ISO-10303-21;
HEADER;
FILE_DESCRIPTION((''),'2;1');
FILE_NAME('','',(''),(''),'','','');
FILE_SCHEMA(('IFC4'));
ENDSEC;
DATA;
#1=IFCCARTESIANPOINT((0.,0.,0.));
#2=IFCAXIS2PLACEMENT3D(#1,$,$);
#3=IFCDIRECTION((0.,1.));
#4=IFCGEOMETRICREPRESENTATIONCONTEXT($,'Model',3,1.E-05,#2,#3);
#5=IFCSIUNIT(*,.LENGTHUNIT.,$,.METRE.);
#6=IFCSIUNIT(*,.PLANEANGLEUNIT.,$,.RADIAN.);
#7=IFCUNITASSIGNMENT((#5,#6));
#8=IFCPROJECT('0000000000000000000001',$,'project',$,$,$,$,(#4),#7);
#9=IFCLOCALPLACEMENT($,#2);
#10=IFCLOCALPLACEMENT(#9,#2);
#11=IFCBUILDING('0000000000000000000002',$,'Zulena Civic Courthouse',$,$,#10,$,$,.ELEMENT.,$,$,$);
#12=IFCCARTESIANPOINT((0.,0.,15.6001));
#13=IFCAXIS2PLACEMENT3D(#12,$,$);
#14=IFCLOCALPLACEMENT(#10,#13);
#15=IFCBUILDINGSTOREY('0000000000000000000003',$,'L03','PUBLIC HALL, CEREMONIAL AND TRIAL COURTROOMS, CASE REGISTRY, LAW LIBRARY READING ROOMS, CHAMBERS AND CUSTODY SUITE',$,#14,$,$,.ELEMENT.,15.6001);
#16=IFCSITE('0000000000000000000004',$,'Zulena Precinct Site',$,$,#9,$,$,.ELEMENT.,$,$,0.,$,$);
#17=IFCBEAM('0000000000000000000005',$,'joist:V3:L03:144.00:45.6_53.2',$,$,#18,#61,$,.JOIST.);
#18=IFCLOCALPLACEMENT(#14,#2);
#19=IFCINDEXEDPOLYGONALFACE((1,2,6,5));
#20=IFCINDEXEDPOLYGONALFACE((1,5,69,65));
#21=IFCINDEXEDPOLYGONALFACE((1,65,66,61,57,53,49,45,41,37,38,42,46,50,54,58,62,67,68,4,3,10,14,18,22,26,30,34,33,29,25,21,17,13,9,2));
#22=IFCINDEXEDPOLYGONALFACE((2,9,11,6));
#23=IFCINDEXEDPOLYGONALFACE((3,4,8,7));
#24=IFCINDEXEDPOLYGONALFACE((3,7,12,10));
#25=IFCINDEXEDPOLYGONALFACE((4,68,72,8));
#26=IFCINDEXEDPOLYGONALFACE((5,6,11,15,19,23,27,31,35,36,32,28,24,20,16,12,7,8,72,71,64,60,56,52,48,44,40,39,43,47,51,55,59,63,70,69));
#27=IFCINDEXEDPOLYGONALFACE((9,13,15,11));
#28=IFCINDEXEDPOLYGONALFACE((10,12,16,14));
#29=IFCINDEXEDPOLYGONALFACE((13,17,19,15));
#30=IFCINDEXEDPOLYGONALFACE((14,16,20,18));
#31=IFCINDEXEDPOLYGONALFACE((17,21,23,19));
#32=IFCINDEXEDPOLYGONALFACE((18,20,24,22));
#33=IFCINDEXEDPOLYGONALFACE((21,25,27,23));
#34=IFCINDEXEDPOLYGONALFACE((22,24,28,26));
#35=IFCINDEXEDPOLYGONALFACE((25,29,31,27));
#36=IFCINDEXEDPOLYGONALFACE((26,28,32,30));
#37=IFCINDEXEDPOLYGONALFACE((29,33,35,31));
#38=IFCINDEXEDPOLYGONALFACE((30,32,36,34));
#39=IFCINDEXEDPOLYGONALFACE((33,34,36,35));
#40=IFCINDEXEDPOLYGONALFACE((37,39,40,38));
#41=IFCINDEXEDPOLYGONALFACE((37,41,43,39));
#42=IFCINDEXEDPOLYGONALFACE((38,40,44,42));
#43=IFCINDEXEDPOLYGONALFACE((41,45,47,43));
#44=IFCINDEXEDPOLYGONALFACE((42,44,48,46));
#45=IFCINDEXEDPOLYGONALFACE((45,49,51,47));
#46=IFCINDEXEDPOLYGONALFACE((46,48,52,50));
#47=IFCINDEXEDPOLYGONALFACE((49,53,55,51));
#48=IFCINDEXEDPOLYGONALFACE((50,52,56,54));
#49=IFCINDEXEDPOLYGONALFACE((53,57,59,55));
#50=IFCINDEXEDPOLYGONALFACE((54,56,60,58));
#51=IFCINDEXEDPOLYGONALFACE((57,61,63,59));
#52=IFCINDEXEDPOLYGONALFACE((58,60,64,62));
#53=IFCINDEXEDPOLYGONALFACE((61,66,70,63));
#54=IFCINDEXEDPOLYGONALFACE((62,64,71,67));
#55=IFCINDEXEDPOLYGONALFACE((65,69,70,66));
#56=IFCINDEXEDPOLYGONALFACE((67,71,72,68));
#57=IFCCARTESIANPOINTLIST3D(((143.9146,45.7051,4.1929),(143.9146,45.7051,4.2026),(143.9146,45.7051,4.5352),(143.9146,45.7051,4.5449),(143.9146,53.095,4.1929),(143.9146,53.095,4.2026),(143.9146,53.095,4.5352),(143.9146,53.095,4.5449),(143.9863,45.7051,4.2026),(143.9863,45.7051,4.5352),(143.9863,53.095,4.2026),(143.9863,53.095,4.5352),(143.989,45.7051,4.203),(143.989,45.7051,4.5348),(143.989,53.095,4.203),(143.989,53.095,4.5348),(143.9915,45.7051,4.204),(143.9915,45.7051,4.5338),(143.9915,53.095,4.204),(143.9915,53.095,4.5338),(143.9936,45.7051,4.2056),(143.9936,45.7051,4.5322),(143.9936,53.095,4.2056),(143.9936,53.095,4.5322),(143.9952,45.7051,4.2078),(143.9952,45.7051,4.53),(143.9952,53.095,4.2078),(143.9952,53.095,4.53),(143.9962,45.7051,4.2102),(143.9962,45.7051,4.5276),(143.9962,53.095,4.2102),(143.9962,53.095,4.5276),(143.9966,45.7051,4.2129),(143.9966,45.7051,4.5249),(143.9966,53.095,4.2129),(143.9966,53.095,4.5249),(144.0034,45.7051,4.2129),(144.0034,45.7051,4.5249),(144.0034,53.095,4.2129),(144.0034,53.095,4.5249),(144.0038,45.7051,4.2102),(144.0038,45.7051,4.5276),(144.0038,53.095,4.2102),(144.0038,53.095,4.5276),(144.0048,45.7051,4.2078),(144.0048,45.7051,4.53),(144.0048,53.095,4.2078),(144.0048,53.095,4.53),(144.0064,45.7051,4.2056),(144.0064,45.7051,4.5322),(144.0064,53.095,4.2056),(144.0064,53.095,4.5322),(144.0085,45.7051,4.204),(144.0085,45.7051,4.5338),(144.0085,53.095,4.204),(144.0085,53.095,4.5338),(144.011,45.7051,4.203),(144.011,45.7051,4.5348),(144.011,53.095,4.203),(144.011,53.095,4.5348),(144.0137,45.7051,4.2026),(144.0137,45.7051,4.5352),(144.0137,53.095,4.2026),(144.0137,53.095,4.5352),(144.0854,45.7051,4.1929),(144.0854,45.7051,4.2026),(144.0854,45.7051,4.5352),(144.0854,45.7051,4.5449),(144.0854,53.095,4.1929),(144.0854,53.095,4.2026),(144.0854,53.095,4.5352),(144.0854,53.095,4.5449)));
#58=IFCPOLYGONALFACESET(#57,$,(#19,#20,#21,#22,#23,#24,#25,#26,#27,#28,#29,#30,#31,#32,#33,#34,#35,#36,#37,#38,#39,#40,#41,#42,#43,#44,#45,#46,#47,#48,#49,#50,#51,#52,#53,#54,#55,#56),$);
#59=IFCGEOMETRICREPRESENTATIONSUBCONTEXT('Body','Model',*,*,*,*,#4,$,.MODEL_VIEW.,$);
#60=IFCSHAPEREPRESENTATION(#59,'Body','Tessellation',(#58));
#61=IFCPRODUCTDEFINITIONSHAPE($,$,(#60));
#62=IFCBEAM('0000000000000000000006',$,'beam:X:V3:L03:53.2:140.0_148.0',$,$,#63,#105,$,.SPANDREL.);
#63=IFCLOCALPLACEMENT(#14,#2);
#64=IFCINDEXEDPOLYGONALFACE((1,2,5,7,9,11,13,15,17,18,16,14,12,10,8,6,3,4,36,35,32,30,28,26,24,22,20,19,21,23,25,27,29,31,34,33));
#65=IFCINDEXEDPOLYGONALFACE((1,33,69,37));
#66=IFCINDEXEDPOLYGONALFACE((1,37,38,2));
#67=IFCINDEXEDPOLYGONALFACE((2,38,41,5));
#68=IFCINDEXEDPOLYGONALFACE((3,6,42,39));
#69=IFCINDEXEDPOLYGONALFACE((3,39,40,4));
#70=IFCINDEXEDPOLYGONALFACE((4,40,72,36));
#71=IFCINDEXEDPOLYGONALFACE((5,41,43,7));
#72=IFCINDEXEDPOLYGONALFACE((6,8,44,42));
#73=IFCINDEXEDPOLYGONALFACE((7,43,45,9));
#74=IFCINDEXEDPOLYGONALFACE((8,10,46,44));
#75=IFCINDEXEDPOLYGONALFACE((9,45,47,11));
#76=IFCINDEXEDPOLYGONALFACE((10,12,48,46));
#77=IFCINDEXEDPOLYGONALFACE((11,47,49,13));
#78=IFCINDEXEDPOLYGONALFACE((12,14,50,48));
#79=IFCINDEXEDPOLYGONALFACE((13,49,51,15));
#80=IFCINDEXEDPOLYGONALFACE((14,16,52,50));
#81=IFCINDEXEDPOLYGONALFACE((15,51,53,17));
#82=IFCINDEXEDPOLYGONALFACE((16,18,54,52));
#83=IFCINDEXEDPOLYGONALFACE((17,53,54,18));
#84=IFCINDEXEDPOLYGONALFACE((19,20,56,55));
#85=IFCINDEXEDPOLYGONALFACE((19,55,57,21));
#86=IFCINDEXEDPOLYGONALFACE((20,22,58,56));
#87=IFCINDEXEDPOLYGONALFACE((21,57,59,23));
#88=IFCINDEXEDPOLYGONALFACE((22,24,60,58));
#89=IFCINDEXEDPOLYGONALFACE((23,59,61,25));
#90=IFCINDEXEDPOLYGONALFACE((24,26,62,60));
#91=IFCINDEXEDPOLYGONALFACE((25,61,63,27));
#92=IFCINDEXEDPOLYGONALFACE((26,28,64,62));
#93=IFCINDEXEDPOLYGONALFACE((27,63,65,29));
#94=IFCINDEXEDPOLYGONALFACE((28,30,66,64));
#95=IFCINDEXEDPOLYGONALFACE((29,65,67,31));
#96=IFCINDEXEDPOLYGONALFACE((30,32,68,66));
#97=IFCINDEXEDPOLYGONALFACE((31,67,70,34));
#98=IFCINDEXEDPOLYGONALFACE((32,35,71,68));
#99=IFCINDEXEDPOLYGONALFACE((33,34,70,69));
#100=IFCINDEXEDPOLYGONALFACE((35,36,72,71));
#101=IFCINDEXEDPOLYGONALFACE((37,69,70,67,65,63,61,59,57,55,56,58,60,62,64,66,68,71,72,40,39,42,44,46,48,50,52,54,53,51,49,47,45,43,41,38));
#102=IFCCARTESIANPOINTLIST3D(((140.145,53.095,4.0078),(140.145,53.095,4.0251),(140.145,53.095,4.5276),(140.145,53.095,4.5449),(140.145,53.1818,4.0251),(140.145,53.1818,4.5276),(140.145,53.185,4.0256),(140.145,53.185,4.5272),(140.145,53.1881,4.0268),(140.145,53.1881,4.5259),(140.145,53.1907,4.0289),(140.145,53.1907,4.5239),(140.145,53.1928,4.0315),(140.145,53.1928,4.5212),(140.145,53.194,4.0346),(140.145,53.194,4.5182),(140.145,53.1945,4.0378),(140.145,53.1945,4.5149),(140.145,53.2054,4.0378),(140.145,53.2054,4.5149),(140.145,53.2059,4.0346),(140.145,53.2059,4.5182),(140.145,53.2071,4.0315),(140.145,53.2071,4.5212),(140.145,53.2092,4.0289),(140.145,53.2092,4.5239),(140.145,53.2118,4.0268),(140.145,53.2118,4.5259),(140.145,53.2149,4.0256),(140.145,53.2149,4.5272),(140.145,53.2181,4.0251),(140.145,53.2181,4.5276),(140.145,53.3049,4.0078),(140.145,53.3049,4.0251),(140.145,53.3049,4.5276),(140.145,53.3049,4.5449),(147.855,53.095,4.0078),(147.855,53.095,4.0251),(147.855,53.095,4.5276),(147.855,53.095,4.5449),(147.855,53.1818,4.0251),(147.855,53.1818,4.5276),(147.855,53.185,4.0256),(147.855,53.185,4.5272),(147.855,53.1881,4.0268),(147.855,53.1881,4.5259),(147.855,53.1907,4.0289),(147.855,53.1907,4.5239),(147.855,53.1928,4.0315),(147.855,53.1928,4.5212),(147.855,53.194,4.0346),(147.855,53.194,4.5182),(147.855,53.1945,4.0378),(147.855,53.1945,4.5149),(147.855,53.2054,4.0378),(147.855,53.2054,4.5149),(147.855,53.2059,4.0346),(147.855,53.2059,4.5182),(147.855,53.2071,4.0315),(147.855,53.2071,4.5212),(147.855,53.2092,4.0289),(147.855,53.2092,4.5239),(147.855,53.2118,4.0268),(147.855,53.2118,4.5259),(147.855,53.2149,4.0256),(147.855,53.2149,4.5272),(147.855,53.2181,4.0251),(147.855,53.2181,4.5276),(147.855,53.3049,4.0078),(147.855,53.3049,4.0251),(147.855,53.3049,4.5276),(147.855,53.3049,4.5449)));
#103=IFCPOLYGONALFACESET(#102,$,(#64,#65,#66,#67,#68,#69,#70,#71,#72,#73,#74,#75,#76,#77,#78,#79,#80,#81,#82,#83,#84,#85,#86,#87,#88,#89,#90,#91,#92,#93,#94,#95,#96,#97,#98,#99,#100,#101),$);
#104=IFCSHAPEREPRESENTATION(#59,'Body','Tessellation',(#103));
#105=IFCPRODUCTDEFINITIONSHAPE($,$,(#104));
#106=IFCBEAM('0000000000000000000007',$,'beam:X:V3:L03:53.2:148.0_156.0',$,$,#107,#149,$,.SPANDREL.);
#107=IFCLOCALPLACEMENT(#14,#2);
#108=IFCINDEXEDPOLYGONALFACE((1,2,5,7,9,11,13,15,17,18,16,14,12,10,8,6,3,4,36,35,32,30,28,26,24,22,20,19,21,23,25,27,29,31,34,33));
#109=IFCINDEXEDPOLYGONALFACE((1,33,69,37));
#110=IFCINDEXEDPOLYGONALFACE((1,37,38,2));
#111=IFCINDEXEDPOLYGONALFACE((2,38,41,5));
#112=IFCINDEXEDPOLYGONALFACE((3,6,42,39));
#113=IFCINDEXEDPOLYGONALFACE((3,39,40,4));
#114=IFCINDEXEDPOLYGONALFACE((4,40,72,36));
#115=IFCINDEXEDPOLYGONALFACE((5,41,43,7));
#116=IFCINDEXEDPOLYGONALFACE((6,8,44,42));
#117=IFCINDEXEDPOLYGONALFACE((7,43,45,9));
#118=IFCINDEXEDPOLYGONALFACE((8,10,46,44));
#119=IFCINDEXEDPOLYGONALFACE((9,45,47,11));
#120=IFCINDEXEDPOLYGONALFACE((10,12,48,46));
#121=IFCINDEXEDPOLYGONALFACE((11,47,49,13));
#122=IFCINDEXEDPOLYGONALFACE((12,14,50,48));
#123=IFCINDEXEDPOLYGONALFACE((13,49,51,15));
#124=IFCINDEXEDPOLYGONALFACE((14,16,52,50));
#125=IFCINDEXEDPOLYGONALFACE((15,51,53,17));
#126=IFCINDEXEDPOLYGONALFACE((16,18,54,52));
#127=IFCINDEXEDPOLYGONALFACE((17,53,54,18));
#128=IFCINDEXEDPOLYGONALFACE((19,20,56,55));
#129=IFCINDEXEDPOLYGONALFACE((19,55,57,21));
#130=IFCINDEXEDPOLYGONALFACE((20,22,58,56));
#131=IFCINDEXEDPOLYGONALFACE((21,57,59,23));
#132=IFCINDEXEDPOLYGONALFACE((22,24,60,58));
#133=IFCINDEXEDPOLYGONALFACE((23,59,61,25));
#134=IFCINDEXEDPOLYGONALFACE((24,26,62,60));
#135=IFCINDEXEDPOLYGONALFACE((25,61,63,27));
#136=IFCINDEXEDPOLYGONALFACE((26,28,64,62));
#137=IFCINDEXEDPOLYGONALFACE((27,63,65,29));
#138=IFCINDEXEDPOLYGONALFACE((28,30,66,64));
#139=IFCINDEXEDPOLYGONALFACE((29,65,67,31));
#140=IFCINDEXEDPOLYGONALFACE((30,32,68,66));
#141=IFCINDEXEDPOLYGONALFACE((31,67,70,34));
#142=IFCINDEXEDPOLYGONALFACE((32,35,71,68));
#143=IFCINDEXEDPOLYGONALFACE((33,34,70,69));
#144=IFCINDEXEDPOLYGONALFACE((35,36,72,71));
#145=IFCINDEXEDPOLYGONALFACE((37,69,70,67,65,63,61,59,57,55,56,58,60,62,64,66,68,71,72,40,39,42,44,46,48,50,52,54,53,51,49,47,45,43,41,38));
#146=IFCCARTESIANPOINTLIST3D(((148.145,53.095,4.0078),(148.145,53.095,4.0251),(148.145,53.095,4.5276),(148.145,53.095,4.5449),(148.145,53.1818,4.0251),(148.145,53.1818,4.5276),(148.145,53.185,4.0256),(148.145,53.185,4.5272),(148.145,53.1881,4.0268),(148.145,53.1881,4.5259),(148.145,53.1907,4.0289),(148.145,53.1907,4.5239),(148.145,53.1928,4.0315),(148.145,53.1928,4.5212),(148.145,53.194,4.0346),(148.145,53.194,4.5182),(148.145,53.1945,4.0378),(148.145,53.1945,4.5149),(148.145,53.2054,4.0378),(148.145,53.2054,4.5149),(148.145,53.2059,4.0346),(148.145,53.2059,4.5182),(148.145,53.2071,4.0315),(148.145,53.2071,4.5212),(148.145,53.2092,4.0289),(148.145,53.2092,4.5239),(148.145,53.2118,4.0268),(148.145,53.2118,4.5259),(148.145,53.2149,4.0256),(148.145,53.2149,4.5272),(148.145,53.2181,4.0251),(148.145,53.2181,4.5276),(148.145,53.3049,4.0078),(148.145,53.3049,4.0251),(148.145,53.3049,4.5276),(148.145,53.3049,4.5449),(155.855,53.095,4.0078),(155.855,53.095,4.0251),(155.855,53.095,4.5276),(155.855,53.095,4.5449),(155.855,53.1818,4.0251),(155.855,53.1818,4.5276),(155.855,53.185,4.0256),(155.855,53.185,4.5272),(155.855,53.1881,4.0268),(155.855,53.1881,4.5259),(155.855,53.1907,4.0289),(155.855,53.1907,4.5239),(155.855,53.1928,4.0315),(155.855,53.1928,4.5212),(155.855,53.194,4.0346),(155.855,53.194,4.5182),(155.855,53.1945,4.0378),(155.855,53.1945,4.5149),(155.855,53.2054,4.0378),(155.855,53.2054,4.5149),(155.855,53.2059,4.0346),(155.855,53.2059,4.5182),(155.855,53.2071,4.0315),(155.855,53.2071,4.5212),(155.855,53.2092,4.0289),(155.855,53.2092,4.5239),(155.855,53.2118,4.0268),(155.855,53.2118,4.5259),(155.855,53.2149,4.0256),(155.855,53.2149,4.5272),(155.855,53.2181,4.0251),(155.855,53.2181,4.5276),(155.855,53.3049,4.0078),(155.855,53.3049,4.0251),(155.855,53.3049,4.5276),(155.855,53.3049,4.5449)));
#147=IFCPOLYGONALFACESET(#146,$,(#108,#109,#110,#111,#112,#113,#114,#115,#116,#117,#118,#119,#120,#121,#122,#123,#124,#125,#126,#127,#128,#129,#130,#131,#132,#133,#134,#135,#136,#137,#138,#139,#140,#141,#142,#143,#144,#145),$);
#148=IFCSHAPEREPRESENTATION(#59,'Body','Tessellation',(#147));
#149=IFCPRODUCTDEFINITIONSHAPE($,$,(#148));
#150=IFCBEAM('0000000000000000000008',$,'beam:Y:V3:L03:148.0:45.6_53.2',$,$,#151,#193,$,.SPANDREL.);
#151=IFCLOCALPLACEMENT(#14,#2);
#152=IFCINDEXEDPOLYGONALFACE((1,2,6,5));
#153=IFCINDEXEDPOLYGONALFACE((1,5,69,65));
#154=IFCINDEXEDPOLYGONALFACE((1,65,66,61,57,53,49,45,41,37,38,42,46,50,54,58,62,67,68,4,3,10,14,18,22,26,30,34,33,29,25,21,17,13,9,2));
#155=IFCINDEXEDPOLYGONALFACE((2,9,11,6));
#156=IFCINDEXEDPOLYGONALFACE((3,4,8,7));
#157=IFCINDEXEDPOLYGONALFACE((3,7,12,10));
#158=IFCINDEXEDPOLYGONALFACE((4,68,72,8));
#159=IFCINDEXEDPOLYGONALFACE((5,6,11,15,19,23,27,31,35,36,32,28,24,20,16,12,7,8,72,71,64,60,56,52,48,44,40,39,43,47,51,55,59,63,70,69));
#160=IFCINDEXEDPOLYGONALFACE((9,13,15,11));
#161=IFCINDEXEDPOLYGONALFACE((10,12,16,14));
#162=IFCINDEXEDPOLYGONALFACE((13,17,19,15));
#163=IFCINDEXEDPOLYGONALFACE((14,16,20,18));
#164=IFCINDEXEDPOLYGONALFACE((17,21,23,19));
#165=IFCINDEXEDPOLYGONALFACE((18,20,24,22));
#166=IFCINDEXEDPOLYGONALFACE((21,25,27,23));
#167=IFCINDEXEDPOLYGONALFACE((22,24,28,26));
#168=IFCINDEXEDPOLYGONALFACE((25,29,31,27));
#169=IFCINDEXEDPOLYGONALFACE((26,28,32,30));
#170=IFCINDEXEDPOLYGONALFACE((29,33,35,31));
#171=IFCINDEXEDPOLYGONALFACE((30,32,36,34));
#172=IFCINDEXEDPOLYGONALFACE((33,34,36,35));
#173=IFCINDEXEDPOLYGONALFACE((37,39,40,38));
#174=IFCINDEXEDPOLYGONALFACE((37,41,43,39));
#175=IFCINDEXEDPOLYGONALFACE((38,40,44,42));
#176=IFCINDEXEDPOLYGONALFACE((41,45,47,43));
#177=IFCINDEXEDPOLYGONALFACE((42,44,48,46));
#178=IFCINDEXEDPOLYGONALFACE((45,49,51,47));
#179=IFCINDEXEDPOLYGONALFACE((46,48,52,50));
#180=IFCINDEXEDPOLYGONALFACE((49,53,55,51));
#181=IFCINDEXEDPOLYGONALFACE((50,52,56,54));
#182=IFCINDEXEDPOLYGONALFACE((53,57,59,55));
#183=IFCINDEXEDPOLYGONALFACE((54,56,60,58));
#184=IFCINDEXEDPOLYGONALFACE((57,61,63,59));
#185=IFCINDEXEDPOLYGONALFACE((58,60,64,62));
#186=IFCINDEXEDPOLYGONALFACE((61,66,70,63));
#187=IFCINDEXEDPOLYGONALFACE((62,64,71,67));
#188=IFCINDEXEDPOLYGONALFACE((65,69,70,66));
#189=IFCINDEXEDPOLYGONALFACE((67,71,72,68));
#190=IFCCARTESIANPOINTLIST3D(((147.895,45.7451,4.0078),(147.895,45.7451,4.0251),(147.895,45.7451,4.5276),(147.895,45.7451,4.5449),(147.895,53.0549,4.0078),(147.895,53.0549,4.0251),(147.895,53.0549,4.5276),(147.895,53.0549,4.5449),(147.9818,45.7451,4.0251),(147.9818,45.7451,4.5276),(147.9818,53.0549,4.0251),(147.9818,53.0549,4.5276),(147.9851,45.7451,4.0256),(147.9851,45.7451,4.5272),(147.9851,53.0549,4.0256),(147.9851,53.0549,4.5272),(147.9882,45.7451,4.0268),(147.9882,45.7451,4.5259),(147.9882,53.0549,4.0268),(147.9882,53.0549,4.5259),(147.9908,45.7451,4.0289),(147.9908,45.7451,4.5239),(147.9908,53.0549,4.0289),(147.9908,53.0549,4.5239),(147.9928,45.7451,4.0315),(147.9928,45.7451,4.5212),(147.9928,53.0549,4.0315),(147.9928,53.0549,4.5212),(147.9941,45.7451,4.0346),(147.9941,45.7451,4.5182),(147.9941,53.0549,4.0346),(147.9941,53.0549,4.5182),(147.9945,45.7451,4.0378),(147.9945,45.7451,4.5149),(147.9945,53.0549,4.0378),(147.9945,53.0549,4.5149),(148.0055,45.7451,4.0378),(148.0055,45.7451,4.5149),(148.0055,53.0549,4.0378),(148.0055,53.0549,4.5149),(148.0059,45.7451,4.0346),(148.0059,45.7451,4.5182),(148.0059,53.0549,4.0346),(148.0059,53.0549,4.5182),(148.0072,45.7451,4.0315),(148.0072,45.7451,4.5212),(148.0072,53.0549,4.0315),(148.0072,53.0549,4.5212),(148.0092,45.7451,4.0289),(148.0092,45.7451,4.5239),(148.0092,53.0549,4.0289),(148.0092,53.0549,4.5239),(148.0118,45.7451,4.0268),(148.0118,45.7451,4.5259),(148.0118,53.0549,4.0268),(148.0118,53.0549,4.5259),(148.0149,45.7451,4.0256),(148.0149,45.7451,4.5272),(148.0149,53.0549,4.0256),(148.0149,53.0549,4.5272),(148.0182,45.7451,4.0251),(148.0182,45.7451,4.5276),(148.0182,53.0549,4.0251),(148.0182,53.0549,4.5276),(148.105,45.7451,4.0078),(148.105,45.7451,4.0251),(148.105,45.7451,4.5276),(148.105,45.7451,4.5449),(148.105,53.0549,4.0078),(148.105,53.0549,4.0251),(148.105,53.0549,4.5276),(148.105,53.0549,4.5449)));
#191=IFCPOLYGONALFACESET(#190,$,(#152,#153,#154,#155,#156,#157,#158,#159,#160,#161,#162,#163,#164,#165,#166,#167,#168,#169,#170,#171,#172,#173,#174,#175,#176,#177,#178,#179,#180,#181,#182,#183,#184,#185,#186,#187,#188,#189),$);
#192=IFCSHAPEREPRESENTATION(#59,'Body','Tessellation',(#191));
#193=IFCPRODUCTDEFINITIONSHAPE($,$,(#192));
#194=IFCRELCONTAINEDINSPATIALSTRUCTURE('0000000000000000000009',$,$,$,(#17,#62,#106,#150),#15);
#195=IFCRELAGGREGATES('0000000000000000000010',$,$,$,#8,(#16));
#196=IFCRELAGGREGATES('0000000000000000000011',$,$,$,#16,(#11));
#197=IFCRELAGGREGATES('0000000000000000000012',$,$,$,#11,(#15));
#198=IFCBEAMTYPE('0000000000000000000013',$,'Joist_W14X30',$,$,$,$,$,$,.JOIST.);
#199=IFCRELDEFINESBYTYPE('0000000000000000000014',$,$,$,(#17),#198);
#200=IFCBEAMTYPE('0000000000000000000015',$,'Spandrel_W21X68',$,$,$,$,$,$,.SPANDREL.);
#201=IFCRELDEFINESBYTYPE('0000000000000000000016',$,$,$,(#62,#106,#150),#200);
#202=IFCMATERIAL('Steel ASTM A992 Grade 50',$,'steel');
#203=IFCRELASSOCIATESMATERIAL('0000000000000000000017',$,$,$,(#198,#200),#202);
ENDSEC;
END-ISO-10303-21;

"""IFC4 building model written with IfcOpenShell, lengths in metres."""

from ifc_helpers import new_model, si_unit, direction, frame, origin, origin_2d, place, context, subcontext, project, spatial, i_section, extrude, material, material_profile, profile_set, type_object, element, save


model = new_model("IFC4")

# Units and contexts
model_context = context("Model", 3, precision=1e-05, world=origin(), true_north=direction((0.0, 1.0)))
body_context = subcontext(model_context, "Body", "Model", "MODEL_VIEW")
ifc_project = project(units=[si_unit("LENGTHUNIT", "METRE"), si_unit("PLANEANGLEUNIT", "RADIAN")], contexts=[model_context])

# Site, building, storey
site_placement = place(None, origin())
site = spatial("IfcSite", under=ifc_project, at=site_placement, Name="Zulena Precinct Site", CompositionType="ELEMENT", RefElevation=0.0)
building_placement = place(site_placement, origin())
building = spatial("IfcBuilding", under=site, at=building_placement, Name="Zulena Civic Courthouse", CompositionType="ELEMENT")
storey_placement = place(building_placement, frame((0.0, 0.0, 15.6001)))
storey = spatial("IfcBuildingStorey", under=building, at=storey_placement, Name="L03", Description="PUBLIC HALL, CEREMONIAL AND TRIAL COURTROOMS, CASE REGISTRY, LAW LIBRARY READING ROOMS, CHAMBERS AND CUSTODY SUITE", CompositionType="ELEMENT", Elevation=15.6001)

# Shared definitions
ifc_material_1 = material(Name="Steel ASTM A992 Grade 50", Category="steel")

# Beams
ifc_material_profile_1 = material_profile(ifc_material_1, i_section(OverallWidth=0.1709, OverallDepth=0.3521, WebThickness=0.0068, FlangeThickness=0.0098, FilletRadius=0.0103, at=origin_2d()), Name="W14X30")
ifc_profile_set_1 = profile_set([ifc_material_profile_1], Name="Steel ASTM A992 Grade 50")
beam_type_1 = type_object("IfcBeamType", Name="Joist_W14X30", PredefinedType="JOIST", material=ifc_profile_set_1)
beam_1_placement = place(storey_placement, frame((144.0, 45.7051, 4.3689), z_axis=(0.0, 1.0, 0.0), x_axis=(-1.0, 0.0, 0.0)))
element("IfcBeam", 1, at=beam_1_placement, inside=storey, type_object=beam_type_1, Name="joist:V3:L03:144.00:45.6_53.2", PredefinedType="JOIST", context=body_context, shape_type="SweptSolid", body=[
    extrude(i_section(OverallWidth=0.1709, OverallDepth=0.3521, WebThickness=0.0068, FlangeThickness=0.0098, FilletRadius=0.0103, at=origin_2d()), origin(), (0.0, 0.0, 1.0), 7.3899),
])
ifc_material_profile_2 = material_profile(ifc_material_1, i_section(OverallWidth=0.21, OverallDepth=0.5371, WebThickness=0.011, FlangeThickness=0.0173, FilletRadius=0.0127, at=origin_2d()), Name="W21X68")
ifc_profile_set_2 = profile_set([ifc_material_profile_2], Name="Steel ASTM A992 Grade 50")
beam_type_2 = type_object("IfcBeamType", Name="Spandrel_W21X68", PredefinedType="SPANDREL", material=ifc_profile_set_2)
for number, where, z_axis, x_axis, name in (
    (2, (140.145, 53.2, 4.2764), (1.0, 0.0, 0.0), (0.0, 1.0, 0.0), "beam:X:V3:L03:53.2:140.0_148.0"),
    (3, (148.145, 53.2, 4.2764), (1.0, 0.0, 0.0), (0.0, 1.0, 0.0), "beam:X:V3:L03:53.2:148.0_156.0"),
):
    element("IfcBeam", number, at=place(storey_placement, frame(where, z_axis=z_axis, x_axis=x_axis)), inside=storey, type_object=beam_type_2, Name=name, PredefinedType="SPANDREL", context=body_context, shape_type="SweptSolid", body=[
        extrude(i_section(OverallWidth=0.21, OverallDepth=0.5371, WebThickness=0.011, FlangeThickness=0.0173, FilletRadius=0.0127, at=origin_2d()), origin(), (0.0, 0.0, 1.0), 7.71),
    ])
beam_2_placement = place(storey_placement, frame((148.0, 45.7451, 4.2764), z_axis=(0.0, 1.0, 0.0), x_axis=(-1.0, 0.0, 0.0)))
element("IfcBeam", 4, at=beam_2_placement, inside=storey, type_object=beam_type_2, Name="beam:Y:V3:L03:148.0:45.6_53.2", PredefinedType="SPANDREL", context=body_context, shape_type="SweptSolid", body=[
    extrude(i_section(OverallWidth=0.21, OverallDepth=0.5371, WebThickness=0.011, FlangeThickness=0.0173, FilletRadius=0.0127, at=origin_2d()), origin(), (0.0, 0.0, 1.0), 7.3098),
])

save(model, "model.ifc")
